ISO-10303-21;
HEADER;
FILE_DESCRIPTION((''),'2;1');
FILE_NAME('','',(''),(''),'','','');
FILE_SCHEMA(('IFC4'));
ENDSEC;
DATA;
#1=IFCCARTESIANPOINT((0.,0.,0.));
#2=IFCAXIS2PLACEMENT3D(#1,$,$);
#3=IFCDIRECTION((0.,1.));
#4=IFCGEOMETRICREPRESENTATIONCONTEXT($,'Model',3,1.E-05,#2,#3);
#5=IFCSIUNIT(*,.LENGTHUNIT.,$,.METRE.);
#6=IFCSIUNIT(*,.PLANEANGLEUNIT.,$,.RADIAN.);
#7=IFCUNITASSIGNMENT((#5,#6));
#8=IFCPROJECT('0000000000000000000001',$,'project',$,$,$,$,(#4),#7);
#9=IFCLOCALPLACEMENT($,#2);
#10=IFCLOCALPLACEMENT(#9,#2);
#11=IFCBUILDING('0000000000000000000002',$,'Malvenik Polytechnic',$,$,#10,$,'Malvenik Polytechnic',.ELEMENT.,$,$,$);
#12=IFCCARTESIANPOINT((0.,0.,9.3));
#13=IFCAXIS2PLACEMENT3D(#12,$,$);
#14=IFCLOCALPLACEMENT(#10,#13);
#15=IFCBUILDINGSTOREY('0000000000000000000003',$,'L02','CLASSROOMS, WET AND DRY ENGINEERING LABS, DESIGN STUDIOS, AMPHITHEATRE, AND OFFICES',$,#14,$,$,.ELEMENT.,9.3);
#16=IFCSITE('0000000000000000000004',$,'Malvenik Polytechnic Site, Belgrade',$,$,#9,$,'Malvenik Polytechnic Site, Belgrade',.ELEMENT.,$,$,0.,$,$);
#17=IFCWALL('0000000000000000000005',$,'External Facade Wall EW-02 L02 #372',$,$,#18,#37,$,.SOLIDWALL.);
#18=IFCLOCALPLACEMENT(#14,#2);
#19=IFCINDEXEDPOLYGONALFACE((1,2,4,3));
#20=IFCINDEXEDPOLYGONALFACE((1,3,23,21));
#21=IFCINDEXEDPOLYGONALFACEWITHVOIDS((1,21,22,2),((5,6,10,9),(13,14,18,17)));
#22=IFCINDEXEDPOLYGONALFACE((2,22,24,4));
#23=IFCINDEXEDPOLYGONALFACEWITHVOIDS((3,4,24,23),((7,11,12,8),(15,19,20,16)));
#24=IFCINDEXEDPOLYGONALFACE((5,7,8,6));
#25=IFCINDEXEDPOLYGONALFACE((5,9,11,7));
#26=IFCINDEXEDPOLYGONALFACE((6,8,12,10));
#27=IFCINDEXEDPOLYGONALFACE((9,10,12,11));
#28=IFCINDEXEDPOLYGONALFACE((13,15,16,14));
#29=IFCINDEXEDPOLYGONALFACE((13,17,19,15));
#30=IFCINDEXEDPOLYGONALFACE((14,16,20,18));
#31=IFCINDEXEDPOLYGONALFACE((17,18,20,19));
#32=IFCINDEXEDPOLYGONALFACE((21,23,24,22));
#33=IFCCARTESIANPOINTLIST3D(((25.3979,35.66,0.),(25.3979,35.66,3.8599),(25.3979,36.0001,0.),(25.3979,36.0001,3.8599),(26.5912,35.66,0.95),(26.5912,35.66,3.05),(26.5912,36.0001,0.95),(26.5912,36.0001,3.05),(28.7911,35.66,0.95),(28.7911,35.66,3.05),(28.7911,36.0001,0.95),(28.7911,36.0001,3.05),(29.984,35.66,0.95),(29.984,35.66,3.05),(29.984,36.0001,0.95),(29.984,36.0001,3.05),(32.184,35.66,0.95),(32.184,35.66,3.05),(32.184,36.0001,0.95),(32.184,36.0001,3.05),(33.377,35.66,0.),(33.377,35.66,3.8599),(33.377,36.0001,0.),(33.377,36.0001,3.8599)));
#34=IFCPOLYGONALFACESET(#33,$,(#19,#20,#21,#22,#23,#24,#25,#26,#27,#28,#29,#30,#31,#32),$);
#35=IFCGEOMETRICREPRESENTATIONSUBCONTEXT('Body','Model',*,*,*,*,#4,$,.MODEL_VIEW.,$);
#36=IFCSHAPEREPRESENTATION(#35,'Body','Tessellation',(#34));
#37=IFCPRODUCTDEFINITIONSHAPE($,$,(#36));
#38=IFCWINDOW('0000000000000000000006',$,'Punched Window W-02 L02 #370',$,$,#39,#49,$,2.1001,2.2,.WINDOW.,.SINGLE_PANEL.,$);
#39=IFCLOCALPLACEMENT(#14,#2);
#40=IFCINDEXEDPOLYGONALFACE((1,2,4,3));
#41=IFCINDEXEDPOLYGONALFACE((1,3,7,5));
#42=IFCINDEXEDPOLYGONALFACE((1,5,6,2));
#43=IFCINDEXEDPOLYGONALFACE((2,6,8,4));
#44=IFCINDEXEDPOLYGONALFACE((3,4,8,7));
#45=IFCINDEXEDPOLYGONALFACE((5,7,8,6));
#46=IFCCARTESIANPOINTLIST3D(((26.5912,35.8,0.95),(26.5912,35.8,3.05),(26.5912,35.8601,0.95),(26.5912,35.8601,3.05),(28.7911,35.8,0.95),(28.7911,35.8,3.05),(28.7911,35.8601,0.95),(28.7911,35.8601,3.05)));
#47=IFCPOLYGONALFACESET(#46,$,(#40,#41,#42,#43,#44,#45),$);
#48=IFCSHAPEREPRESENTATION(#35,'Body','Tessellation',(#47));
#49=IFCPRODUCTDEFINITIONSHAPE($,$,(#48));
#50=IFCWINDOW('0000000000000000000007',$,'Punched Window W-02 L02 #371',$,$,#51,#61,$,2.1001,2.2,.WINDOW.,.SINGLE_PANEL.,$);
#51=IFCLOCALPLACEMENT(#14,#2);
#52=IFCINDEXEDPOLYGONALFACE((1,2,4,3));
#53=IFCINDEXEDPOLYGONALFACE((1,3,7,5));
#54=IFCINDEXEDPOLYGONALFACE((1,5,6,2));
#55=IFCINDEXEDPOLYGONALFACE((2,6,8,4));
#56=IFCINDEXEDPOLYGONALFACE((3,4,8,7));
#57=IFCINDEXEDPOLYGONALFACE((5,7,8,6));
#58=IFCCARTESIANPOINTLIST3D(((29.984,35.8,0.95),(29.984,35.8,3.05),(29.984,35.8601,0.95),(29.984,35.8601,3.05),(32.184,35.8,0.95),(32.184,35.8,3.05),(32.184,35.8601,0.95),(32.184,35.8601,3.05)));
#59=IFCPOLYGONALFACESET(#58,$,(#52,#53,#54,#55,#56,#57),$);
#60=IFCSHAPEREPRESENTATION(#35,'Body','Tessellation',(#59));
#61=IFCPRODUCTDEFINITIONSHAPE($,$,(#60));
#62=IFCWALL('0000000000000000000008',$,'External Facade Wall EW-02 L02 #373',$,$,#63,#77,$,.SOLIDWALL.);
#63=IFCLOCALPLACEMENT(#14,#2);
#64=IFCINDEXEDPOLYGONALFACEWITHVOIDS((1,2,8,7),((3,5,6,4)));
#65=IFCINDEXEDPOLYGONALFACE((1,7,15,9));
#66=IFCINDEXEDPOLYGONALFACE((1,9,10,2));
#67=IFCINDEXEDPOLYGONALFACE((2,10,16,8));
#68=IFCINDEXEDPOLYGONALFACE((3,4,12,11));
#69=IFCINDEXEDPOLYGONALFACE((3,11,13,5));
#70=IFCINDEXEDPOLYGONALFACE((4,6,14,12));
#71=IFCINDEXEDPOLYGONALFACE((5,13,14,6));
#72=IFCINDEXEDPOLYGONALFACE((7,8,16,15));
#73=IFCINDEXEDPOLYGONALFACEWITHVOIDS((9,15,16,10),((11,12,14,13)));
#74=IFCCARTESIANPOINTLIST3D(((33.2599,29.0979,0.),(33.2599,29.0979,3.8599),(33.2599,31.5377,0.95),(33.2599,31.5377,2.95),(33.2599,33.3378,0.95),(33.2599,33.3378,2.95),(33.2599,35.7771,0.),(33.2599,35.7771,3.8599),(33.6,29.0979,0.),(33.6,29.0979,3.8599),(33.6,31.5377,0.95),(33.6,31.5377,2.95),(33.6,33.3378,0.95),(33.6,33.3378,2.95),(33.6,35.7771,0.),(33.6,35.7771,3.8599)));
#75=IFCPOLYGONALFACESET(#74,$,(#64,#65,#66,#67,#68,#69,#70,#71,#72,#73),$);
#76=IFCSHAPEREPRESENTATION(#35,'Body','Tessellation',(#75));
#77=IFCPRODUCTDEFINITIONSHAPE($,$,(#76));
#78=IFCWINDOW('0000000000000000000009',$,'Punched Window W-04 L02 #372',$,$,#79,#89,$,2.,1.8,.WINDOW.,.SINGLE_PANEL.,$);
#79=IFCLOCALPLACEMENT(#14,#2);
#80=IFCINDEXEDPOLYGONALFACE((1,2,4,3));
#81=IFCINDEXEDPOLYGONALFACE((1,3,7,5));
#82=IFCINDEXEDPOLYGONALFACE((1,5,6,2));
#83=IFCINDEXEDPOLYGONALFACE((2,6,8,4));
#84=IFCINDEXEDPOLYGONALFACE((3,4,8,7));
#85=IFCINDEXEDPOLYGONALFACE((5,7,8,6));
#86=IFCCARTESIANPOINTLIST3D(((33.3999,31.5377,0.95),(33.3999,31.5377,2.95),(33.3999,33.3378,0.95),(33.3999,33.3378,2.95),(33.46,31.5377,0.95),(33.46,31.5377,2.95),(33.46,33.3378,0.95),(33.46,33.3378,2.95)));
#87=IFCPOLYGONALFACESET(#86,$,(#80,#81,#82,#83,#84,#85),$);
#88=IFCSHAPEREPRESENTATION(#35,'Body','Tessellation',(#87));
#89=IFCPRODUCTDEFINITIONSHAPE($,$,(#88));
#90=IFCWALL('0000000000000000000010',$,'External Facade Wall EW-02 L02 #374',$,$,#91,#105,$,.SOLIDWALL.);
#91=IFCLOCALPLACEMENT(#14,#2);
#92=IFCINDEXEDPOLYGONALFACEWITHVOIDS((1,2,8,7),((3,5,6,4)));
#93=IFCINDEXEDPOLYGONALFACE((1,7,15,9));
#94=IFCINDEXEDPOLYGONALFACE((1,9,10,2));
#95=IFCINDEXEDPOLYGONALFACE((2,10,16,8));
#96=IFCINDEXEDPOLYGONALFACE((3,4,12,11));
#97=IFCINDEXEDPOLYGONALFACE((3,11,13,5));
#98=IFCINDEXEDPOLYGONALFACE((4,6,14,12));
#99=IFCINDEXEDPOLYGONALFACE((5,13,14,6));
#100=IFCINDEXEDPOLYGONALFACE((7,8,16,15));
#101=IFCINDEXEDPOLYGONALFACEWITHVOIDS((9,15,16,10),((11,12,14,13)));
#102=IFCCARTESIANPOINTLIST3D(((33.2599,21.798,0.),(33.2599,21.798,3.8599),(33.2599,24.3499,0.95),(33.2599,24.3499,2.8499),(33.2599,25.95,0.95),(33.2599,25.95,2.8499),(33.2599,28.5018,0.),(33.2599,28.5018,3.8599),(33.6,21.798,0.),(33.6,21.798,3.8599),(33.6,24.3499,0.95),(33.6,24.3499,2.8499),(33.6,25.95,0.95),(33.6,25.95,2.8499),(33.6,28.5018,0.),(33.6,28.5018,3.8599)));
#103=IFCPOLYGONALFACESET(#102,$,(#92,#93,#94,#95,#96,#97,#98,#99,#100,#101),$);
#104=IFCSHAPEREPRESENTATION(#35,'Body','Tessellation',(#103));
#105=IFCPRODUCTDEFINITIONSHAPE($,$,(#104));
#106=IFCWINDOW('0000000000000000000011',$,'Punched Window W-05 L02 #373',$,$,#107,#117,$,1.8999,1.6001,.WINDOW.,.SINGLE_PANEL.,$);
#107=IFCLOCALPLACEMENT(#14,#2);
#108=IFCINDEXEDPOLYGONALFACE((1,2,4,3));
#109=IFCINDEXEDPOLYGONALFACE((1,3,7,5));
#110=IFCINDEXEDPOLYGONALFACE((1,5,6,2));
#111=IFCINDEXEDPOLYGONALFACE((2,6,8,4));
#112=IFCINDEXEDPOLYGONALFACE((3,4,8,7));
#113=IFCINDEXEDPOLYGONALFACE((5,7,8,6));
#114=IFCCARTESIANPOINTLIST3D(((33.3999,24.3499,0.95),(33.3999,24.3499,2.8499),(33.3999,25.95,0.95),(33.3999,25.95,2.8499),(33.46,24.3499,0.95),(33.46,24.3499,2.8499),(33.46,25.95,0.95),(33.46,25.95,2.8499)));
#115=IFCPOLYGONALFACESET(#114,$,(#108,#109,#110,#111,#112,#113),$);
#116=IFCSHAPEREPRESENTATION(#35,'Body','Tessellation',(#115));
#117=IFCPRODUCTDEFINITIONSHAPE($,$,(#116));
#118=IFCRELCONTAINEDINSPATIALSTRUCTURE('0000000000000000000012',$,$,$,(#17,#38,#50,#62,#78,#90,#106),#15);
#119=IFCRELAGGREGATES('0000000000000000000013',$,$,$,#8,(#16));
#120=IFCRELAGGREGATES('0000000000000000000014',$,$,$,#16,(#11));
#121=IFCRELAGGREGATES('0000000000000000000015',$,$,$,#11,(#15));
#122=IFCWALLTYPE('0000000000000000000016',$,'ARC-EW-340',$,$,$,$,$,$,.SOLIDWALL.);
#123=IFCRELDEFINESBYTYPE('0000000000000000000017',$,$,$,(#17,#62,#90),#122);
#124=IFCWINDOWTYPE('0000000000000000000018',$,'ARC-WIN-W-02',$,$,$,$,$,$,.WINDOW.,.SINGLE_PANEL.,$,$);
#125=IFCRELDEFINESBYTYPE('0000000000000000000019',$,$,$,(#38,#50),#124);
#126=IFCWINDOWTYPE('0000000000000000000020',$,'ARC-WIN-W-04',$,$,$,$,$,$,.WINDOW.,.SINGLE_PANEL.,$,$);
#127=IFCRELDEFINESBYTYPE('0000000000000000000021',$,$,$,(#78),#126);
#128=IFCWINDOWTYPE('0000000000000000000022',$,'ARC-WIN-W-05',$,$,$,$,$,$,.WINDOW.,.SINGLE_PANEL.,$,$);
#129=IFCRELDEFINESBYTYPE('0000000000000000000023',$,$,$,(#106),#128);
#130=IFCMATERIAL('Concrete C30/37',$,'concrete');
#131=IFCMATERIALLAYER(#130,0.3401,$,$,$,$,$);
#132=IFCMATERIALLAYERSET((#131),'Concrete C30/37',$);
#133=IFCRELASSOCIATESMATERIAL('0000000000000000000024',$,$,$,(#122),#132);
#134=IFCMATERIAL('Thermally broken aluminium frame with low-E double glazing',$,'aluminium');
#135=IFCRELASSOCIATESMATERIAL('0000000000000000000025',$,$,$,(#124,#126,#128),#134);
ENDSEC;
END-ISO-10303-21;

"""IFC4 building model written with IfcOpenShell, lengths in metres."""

from ifc_helpers import new_model, si_unit, direction, frame, frame_2d, origin, place, context, subcontext, project, spatial, rectangle, extrude, material, layer, layer_set, type_object, element, fill, save


model = new_model("IFC4")

# Units and contexts
model_context = context("Model", 3, precision=1e-05, world=origin(), true_north=direction((0.0, 1.0)))
body_context = subcontext(model_context, "Body", "Model", "MODEL_VIEW")
ifc_project = project(units=[si_unit("LENGTHUNIT", "METRE"), si_unit("PLANEANGLEUNIT", "RADIAN")], contexts=[model_context])

# Site, building, storey
site_placement = place(None, origin())
site = spatial("IfcSite", under=ifc_project, at=site_placement, Name="Malvenik Polytechnic Site, Belgrade", LongName="Malvenik Polytechnic Site, Belgrade", CompositionType="ELEMENT", RefElevation=0.0)
building_placement = place(site_placement, origin())
building = spatial("IfcBuilding", under=site, at=building_placement, Name="Malvenik Polytechnic", LongName="Malvenik Polytechnic", CompositionType="ELEMENT")
storey_placement = place(building_placement, frame((0.0, 0.0, 9.3)))
storey = spatial("IfcBuildingStorey", under=building, at=storey_placement, Name="L02", Description="CLASSROOMS, WET AND DRY ENGINEERING LABS, DESIGN STUDIOS, AMPHITHEATRE, AND OFFICES", CompositionType="ELEMENT", Elevation=9.3)

# Shared definitions
ifc_material_1 = material(Name="Concrete C30/37", Category="concrete")

# Shared definitions
ifc_layer_1 = layer(ifc_material_1, 0.3401)
ifc_layer_set_1 = layer_set([ifc_layer_1], Name="Concrete C30/37")
wall_type_1 = type_object("IfcWallType", Name="ARC-EW-340", PredefinedType="SOLIDWALL", material=ifc_layer_set_1)
ifc_material_2 = material(Name="Thermally broken aluminium frame with low-E double glazing", Category="aluminium")

# Wall, openings, windows
wall_1_placement = place(storey_placement, frame((25.3979, 35.8301, 0.0), z_axis=(0.0, 0.0, 1.0), x_axis=(1.0, 0.0, 0.0)))
wall_1 = element("IfcWall", 1, at=wall_1_placement, inside=storey, type_object=wall_type_1, Name="External Facade Wall EW-02 L02 #372", PredefinedType="SOLIDWALL", context=body_context, shape_type="SweptSolid", body=[
    extrude(rectangle(XDim=7.979, YDim=0.3401, at=frame_2d((3.9895, 0.0))), origin(), (0.0, 0.0, 1.0), 3.8599),
])
opening_1_placement = place(wall_1_placement, frame((1.1931, 0.0, 0.95)))
opening_1 = element("IfcOpeningElement", 2, at=opening_1_placement, cuts=wall_1, PredefinedType="OPENING", context=body_context, shape_type="SweptSolid", body=[
    extrude(rectangle(XDim=2.2, YDim=2.1001, at=frame_2d((1.1001, 1.05))), frame((0.0, 0.1802, 0.0), z_axis=(0.0, -1.0, 0.0), x_axis=(1.0, 0.0, 0.0)), (0.0, 0.0, 1.0), 0.3601),
])
opening_2_placement = place(wall_1_placement, frame((4.5859, 0.0, 0.95)))
opening_2 = element("IfcOpeningElement", 3, at=opening_2_placement, cuts=wall_1, PredefinedType="OPENING", context=body_context, shape_type="SweptSolid", body=[
    extrude(rectangle(XDim=2.2, YDim=2.1001, at=frame_2d((1.1001, 1.05))), frame((0.0, 0.1802, 0.0), z_axis=(0.0, -1.0, 0.0), x_axis=(1.0, 0.0, 0.0)), (0.0, 0.0, 1.0), 0.3601),
])
window_type_1 = type_object("IfcWindowType", Name="ARC-WIN-W-02", PartitioningType="SINGLE_PANEL", PredefinedType="WINDOW", material=ifc_material_2)
window_1_placement = place(opening_1_placement, origin())
window_1 = element("IfcWindow", 4, at=window_1_placement, inside=storey, type_object=window_type_1, Name="Punched Window W-02 L02 #370", OverallHeight=2.1001, OverallWidth=2.2, PartitioningType="SINGLE_PANEL", PredefinedType="WINDOW", context=body_context, shape_type="SweptSolid", body=[
    extrude(rectangle(XDim=2.2, YDim=2.1001, at=frame_2d((1.1001, 1.05))), frame((0.0, 0.03, 0.0), z_axis=(0.0, -1.0, 0.0), x_axis=(1.0, 0.0, 0.0)), (0.0, 0.0, 1.0), 0.0601),
])
fill(opening_1, window_1)
window_2_placement = place(opening_2_placement, origin())
window_2 = element("IfcWindow", 5, at=window_2_placement, inside=storey, type_object=window_type_1, Name="Punched Window W-02 L02 #371", OverallHeight=2.1001, OverallWidth=2.2, PartitioningType="SINGLE_PANEL", PredefinedType="WINDOW", context=body_context, shape_type="SweptSolid", body=[
    extrude(rectangle(XDim=2.2, YDim=2.1001, at=frame_2d((1.1001, 1.05))), frame((0.0, 0.03, 0.0), z_axis=(0.0, -1.0, 0.0), x_axis=(1.0, 0.0, 0.0)), (0.0, 0.0, 1.0), 0.0601),
])
fill(opening_2, window_2)

# Walls, openings, windows
wall_2_placement = place(storey_placement, frame((33.4299, 35.7771, 0.0), z_axis=(0.0, 0.0, 1.0), x_axis=(0.0, -1.0, 0.0)))
wall_2 = element("IfcWall", 6, at=wall_2_placement, inside=storey, type_object=wall_type_1, Name="External Facade Wall EW-02 L02 #373", PredefinedType="SOLIDWALL", context=body_context, shape_type="SweptSolid", body=[
    extrude(rectangle(XDim=6.6792, YDim=0.3401, at=frame_2d((3.3396, 0.0))), origin(), (0.0, 0.0, 1.0), 3.8599),
])
opening_3_placement = place(wall_2_placement, frame((2.4395, 0.0, 0.95)))
opening_3 = element("IfcOpeningElement", 7, at=opening_3_placement, cuts=wall_2, PredefinedType="OPENING", context=body_context, shape_type="SweptSolid", body=[
    extrude(rectangle(XDim=1.8, YDim=2.0, at=frame_2d((0.8999, 1.0))), frame((0.0, 0.1802, 0.0), z_axis=(0.0, -1.0, 0.0), x_axis=(1.0, 0.0, 0.0)), (0.0, 0.0, 1.0), 0.3601),
])
window_type_2 = type_object("IfcWindowType", Name="ARC-WIN-W-04", PartitioningType="SINGLE_PANEL", PredefinedType="WINDOW", material=ifc_material_2)
window_3_placement = place(opening_3_placement, origin())
window_3 = element("IfcWindow", 8, at=window_3_placement, inside=storey, type_object=window_type_2, Name="Punched Window W-04 L02 #372", OverallHeight=2.0, OverallWidth=1.8, PartitioningType="SINGLE_PANEL", PredefinedType="WINDOW", context=body_context, shape_type="SweptSolid", body=[
    extrude(rectangle(XDim=1.8, YDim=2.0, at=frame_2d((0.8999, 1.0))), frame((0.0, 0.03, 0.0), z_axis=(0.0, -1.0, 0.0), x_axis=(1.0, 0.0, 0.0)), (0.0, 0.0, 1.0), 0.0601),
])
fill(opening_3, window_3)
wall_3_placement = place(storey_placement, frame((33.4299, 28.502, 0.0), z_axis=(0.0, 0.0, 1.0), x_axis=(0.0, -1.0, 0.0)))
wall_3 = element("IfcWall", 9, at=wall_3_placement, inside=storey, type_object=wall_type_1, Name="External Facade Wall EW-02 L02 #374", PredefinedType="SOLIDWALL", context=body_context, shape_type="SweptSolid", body=[
    extrude(rectangle(XDim=6.7039, YDim=0.3401, at=frame_2d((3.3521, 0.0))), origin(), (0.0, 0.0, 1.0), 3.8599),
])
opening_4_placement = place(wall_3_placement, frame((2.552, 0.0, 0.95)))
opening_4 = element("IfcOpeningElement", 10, at=opening_4_placement, cuts=wall_3, PredefinedType="OPENING", context=body_context, shape_type="SweptSolid", body=[
    extrude(rectangle(XDim=1.6001, YDim=1.8999, at=frame_2d((0.8, 0.95))), frame((0.0, 0.1802, 0.0), z_axis=(0.0, -1.0, 0.0), x_axis=(1.0, 0.0, 0.0)), (0.0, 0.0, 1.0), 0.3601),
])
window_type_3 = type_object("IfcWindowType", Name="ARC-WIN-W-05", PartitioningType="SINGLE_PANEL", PredefinedType="WINDOW", material=ifc_material_2)
window_4_placement = place(opening_4_placement, origin())
window_4 = element("IfcWindow", 11, at=window_4_placement, inside=storey, type_object=window_type_3, Name="Punched Window W-05 L02 #373", OverallHeight=1.8999, OverallWidth=1.6001, PartitioningType="SINGLE_PANEL", PredefinedType="WINDOW", context=body_context, shape_type="SweptSolid", body=[
    extrude(rectangle(XDim=1.6001, YDim=1.8999, at=frame_2d((0.8, 0.95))), frame((0.0, 0.03, 0.0), z_axis=(0.0, -1.0, 0.0), x_axis=(1.0, 0.0, 0.0)), (0.0, 0.0, 1.0), 0.0601),
])
fill(opening_4, window_4)

save(model, "model.ifc")
